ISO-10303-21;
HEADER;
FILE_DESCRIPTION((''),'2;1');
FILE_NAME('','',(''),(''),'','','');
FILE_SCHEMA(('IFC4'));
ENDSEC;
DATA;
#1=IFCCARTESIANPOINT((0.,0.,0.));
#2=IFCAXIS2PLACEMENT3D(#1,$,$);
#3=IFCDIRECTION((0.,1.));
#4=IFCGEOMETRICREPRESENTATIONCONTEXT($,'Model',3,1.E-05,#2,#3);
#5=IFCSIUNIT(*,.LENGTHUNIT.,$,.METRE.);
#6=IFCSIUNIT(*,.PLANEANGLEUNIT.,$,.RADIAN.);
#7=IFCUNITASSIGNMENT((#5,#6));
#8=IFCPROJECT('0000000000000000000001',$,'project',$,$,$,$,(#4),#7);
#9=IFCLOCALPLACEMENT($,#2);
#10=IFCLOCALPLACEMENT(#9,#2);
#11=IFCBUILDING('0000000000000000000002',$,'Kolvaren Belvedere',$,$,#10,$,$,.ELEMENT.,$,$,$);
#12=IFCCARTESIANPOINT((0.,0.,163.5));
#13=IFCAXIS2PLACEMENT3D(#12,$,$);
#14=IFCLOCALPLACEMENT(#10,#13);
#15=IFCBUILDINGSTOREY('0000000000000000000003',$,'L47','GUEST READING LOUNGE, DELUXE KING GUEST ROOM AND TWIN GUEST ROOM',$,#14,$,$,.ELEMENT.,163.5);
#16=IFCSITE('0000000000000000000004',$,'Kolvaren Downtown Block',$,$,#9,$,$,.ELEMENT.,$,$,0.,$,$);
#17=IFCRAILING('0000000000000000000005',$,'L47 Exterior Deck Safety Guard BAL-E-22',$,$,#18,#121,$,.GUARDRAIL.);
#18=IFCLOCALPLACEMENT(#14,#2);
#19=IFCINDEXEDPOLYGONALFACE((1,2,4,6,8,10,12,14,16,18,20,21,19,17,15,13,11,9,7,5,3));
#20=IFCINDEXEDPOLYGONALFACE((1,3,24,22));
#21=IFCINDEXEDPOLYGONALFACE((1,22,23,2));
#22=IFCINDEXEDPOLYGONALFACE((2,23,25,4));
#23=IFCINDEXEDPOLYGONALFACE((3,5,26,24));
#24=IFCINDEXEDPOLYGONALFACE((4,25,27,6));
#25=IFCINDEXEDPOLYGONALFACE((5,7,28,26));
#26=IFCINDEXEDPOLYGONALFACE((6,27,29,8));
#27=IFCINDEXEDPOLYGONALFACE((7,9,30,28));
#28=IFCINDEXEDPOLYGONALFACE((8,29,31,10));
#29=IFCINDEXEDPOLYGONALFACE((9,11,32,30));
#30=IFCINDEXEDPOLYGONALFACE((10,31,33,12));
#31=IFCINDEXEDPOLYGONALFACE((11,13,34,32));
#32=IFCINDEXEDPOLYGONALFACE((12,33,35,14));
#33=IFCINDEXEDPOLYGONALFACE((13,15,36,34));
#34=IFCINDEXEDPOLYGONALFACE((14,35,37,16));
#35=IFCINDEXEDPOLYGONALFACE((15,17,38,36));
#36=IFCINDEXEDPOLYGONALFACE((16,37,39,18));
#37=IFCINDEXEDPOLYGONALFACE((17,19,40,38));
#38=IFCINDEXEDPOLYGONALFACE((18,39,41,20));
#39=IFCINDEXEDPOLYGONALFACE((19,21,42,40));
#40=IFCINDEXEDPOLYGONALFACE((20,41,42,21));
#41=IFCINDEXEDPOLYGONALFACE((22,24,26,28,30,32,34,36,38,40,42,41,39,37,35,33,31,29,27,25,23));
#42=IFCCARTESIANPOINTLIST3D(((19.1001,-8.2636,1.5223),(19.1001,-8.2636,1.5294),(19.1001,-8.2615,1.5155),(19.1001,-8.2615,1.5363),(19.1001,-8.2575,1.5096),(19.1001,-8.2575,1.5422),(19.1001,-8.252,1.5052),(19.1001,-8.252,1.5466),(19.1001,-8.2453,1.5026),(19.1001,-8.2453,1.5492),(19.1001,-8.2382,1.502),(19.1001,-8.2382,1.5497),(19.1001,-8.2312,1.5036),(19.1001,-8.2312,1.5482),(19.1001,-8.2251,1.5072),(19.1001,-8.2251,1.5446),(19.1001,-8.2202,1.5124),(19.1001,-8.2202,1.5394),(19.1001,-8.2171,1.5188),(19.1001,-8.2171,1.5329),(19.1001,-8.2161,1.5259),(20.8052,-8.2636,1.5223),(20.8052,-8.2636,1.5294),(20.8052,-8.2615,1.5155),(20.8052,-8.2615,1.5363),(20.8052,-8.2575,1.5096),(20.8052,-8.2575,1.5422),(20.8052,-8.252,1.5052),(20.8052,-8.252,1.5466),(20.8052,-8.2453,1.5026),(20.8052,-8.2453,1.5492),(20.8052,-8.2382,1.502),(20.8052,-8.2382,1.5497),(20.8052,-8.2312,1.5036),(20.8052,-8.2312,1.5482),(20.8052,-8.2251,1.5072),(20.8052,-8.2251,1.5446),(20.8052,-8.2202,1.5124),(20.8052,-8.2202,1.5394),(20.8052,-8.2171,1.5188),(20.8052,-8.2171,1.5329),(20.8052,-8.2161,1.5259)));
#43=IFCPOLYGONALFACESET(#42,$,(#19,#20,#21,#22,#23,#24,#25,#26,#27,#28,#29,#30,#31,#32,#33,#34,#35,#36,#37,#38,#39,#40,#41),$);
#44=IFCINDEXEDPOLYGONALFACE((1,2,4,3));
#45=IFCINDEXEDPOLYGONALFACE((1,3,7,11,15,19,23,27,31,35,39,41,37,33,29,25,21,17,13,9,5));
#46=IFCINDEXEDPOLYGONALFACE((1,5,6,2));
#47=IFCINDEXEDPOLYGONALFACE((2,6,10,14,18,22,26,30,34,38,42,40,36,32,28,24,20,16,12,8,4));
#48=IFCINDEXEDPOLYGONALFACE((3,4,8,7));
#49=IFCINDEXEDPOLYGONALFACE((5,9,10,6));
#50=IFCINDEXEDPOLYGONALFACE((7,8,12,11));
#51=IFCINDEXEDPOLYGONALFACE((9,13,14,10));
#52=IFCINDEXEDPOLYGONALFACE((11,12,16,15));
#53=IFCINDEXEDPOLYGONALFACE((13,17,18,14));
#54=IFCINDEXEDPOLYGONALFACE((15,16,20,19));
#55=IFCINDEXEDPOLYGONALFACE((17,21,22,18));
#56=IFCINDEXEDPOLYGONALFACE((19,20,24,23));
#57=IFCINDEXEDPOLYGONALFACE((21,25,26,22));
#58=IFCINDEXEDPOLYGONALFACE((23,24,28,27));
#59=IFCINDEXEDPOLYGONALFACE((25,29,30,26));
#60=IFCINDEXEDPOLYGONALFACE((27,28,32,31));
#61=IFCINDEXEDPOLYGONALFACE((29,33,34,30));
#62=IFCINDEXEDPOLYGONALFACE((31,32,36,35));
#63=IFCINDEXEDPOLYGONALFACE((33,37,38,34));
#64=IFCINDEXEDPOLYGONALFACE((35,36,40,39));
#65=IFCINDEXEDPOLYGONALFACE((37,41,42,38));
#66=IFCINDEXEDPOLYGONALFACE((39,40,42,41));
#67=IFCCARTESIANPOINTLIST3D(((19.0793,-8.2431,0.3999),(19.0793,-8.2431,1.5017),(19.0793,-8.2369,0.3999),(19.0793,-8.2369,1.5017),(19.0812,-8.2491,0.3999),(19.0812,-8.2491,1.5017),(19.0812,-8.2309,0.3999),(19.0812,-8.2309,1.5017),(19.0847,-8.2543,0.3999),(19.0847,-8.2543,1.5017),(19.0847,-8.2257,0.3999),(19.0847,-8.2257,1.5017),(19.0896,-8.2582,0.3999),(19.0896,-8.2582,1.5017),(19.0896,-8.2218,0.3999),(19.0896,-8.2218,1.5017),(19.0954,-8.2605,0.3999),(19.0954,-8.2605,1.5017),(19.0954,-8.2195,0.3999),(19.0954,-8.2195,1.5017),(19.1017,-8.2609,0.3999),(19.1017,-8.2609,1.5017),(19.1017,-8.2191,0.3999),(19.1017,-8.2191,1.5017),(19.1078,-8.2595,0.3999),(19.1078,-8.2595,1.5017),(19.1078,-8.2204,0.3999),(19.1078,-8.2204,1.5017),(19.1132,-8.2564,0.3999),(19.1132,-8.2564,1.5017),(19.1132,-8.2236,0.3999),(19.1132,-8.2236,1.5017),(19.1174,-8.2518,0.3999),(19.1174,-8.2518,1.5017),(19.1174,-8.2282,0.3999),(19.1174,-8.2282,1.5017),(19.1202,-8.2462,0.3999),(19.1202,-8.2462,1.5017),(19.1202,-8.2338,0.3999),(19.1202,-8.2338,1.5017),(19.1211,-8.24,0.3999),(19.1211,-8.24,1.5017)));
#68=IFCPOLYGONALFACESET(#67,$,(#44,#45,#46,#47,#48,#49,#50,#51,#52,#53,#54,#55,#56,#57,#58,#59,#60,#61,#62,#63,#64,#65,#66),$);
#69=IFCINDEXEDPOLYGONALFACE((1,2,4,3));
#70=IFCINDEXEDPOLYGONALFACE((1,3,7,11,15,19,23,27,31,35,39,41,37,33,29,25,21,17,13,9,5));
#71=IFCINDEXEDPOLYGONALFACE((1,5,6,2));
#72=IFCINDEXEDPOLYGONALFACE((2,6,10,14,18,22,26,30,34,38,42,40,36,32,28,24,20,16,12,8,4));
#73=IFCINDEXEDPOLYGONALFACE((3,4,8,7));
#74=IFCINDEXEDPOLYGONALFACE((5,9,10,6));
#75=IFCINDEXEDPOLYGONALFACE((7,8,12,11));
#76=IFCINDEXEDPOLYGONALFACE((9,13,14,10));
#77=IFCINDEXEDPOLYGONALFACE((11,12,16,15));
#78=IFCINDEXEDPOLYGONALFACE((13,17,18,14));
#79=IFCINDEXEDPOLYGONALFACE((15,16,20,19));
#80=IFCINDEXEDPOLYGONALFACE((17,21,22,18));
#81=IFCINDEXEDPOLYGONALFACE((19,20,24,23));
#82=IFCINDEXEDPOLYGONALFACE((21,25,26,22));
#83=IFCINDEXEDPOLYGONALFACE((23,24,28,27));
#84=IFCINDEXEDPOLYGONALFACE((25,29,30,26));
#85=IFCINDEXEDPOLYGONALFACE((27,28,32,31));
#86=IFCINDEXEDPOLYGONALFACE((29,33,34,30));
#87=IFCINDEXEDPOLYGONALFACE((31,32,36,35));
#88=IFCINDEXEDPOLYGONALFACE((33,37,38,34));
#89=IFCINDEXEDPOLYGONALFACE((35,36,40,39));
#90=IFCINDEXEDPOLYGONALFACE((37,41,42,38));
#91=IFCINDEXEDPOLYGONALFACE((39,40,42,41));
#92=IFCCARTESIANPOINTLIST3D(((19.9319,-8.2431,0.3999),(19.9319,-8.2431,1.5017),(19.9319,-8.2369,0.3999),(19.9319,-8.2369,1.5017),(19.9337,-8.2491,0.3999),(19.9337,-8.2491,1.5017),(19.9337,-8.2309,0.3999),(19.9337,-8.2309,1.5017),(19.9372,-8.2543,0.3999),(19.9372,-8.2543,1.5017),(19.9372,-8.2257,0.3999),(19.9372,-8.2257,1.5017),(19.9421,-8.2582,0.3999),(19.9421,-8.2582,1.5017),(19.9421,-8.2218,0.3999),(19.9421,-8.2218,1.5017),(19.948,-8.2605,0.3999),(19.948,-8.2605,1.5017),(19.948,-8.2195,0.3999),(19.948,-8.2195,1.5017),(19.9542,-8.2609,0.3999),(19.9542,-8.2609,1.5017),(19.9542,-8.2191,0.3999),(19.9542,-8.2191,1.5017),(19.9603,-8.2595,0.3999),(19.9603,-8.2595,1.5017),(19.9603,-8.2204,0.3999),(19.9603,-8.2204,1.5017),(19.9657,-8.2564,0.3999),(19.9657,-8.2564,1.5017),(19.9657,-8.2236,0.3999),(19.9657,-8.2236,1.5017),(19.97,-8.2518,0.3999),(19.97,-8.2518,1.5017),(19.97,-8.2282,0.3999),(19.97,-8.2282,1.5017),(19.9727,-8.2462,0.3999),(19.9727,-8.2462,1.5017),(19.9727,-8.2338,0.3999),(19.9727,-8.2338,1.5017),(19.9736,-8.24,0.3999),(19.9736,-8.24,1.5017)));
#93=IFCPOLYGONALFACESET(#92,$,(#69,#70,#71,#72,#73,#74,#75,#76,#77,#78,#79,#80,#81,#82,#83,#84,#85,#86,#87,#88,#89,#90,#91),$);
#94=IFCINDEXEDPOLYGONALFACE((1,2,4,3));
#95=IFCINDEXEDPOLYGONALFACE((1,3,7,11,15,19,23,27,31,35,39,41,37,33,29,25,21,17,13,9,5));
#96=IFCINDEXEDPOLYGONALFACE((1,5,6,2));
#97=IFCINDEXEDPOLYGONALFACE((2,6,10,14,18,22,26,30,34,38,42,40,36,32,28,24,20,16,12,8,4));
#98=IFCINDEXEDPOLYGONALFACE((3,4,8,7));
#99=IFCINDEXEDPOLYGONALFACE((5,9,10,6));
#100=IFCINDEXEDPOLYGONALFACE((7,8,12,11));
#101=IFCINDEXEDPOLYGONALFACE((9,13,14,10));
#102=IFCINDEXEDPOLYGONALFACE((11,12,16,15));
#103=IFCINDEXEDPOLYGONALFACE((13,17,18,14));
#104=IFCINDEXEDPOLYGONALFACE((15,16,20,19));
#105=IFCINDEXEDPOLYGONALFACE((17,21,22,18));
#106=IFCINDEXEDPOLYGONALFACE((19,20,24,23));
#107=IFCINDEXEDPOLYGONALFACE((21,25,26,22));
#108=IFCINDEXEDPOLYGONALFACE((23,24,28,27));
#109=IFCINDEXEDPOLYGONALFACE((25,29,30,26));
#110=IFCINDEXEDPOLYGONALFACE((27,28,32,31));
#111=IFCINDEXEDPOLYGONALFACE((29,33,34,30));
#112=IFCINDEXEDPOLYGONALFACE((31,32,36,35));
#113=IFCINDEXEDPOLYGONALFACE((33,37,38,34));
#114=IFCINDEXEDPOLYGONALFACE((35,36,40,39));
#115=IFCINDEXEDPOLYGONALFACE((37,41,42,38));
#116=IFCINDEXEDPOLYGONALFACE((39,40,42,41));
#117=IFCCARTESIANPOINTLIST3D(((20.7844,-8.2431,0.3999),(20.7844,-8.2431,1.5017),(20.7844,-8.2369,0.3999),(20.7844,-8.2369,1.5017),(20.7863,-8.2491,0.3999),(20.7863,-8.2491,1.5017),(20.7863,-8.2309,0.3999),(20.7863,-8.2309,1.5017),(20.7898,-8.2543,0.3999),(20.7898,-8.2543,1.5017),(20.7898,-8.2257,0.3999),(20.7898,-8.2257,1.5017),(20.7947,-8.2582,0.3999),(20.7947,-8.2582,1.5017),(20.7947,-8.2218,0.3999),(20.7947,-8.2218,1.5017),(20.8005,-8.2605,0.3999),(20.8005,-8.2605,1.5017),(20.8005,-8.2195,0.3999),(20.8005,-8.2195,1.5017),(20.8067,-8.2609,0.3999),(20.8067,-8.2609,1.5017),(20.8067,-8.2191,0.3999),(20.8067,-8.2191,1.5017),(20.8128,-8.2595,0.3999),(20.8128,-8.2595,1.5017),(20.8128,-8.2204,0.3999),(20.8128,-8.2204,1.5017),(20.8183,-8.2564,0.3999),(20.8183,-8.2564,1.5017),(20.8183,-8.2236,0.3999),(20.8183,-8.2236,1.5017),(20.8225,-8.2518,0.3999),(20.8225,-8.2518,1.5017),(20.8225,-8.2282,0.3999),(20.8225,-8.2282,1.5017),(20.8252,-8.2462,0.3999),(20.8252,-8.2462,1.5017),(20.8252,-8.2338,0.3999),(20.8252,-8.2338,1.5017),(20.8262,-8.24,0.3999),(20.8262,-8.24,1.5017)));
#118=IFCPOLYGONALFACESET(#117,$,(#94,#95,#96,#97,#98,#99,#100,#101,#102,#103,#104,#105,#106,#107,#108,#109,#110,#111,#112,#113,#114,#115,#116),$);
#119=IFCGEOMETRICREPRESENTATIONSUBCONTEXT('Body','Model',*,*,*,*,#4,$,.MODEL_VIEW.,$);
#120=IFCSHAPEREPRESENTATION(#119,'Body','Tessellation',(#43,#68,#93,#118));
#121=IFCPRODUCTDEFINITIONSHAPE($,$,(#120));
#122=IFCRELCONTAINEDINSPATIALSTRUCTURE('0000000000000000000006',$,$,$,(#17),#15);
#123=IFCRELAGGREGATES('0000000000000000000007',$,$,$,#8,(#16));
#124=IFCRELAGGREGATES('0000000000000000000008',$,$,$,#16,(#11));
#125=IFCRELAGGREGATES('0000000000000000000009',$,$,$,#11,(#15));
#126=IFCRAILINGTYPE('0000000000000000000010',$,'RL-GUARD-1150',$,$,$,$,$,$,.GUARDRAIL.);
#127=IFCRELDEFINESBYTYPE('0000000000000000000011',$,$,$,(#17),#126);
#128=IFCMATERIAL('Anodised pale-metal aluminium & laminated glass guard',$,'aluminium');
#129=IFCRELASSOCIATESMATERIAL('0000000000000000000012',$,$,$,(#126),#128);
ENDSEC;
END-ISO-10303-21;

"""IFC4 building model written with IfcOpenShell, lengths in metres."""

from ifc_helpers import new_model, si_unit, direction, frame, origin, origin_2d, place, context, subcontext, project, spatial, circle, extrude, material, type_object, element, save


model = new_model("IFC4")

# Units and contexts
model_context = context("Model", 3, precision=1e-05, world=origin(), true_north=direction((0.0, 1.0)))
body_context = subcontext(model_context, "Body", "Model", "MODEL_VIEW")
ifc_project = project(units=[si_unit("LENGTHUNIT", "METRE"), si_unit("PLANEANGLEUNIT", "RADIAN")], contexts=[model_context])

# Site, building, storey
site_placement = place(None, origin())
site = spatial("IfcSite", under=ifc_project, at=site_placement, Name="Kolvaren Downtown Block", CompositionType="ELEMENT", RefElevation=0.0)
building_placement = place(site_placement, origin())
building = spatial("IfcBuilding", under=site, at=building_placement, Name="Kolvaren Belvedere", CompositionType="ELEMENT")
storey_placement = place(building_placement, frame((0.0, 0.0, 163.5)))
storey = spatial("IfcBuildingStorey", under=building, at=storey_placement, Name="L47", Description="GUEST READING LOUNGE, DELUXE KING GUEST ROOM AND TWIN GUEST ROOM", CompositionType="ELEMENT", Elevation=163.5)

# Railing
ifc_material_1 = material(Name="Anodised pale-metal aluminium & laminated glass guard", Category="aluminium")
railing_type = type_object("IfcRailingType", Name="RL-GUARD-1150", PredefinedType="GUARDRAIL", material=ifc_material_1)
railing_1_placement = place(storey_placement, frame((19.1001, -8.24, 0.3999)))
element("IfcRailing", 1, at=railing_1_placement, inside=storey, type_object=railing_type, Name="L47 Exterior Deck Safety Guard BAL-E-22", PredefinedType="GUARDRAIL", context=body_context, shape_type="SweptSolid", body=[
    extrude(circle(Radius=0.0239, at=origin_2d()), frame((0.0, 0.0, 1.126), z_axis=(1.0, 0.0, 0.0), x_axis=(0.0, 1.0, 0.0)), (0.0, 0.0, 1.0), 1.7051),
    extrude(circle(Radius=0.021, at=origin_2d()), origin(), (0.0, 0.0, 1.0), 1.1018),
    extrude(circle(Radius=0.021, at=origin_2d()), frame((0.8525, 0.0, 0.0)), (0.0, 0.0, 1.0), 1.1018),
    extrude(circle(Radius=0.021, at=origin_2d()), frame((1.7051, 0.0, 0.0)), (0.0, 0.0, 1.0), 1.1018),
])

save(model, "model.ifc")
